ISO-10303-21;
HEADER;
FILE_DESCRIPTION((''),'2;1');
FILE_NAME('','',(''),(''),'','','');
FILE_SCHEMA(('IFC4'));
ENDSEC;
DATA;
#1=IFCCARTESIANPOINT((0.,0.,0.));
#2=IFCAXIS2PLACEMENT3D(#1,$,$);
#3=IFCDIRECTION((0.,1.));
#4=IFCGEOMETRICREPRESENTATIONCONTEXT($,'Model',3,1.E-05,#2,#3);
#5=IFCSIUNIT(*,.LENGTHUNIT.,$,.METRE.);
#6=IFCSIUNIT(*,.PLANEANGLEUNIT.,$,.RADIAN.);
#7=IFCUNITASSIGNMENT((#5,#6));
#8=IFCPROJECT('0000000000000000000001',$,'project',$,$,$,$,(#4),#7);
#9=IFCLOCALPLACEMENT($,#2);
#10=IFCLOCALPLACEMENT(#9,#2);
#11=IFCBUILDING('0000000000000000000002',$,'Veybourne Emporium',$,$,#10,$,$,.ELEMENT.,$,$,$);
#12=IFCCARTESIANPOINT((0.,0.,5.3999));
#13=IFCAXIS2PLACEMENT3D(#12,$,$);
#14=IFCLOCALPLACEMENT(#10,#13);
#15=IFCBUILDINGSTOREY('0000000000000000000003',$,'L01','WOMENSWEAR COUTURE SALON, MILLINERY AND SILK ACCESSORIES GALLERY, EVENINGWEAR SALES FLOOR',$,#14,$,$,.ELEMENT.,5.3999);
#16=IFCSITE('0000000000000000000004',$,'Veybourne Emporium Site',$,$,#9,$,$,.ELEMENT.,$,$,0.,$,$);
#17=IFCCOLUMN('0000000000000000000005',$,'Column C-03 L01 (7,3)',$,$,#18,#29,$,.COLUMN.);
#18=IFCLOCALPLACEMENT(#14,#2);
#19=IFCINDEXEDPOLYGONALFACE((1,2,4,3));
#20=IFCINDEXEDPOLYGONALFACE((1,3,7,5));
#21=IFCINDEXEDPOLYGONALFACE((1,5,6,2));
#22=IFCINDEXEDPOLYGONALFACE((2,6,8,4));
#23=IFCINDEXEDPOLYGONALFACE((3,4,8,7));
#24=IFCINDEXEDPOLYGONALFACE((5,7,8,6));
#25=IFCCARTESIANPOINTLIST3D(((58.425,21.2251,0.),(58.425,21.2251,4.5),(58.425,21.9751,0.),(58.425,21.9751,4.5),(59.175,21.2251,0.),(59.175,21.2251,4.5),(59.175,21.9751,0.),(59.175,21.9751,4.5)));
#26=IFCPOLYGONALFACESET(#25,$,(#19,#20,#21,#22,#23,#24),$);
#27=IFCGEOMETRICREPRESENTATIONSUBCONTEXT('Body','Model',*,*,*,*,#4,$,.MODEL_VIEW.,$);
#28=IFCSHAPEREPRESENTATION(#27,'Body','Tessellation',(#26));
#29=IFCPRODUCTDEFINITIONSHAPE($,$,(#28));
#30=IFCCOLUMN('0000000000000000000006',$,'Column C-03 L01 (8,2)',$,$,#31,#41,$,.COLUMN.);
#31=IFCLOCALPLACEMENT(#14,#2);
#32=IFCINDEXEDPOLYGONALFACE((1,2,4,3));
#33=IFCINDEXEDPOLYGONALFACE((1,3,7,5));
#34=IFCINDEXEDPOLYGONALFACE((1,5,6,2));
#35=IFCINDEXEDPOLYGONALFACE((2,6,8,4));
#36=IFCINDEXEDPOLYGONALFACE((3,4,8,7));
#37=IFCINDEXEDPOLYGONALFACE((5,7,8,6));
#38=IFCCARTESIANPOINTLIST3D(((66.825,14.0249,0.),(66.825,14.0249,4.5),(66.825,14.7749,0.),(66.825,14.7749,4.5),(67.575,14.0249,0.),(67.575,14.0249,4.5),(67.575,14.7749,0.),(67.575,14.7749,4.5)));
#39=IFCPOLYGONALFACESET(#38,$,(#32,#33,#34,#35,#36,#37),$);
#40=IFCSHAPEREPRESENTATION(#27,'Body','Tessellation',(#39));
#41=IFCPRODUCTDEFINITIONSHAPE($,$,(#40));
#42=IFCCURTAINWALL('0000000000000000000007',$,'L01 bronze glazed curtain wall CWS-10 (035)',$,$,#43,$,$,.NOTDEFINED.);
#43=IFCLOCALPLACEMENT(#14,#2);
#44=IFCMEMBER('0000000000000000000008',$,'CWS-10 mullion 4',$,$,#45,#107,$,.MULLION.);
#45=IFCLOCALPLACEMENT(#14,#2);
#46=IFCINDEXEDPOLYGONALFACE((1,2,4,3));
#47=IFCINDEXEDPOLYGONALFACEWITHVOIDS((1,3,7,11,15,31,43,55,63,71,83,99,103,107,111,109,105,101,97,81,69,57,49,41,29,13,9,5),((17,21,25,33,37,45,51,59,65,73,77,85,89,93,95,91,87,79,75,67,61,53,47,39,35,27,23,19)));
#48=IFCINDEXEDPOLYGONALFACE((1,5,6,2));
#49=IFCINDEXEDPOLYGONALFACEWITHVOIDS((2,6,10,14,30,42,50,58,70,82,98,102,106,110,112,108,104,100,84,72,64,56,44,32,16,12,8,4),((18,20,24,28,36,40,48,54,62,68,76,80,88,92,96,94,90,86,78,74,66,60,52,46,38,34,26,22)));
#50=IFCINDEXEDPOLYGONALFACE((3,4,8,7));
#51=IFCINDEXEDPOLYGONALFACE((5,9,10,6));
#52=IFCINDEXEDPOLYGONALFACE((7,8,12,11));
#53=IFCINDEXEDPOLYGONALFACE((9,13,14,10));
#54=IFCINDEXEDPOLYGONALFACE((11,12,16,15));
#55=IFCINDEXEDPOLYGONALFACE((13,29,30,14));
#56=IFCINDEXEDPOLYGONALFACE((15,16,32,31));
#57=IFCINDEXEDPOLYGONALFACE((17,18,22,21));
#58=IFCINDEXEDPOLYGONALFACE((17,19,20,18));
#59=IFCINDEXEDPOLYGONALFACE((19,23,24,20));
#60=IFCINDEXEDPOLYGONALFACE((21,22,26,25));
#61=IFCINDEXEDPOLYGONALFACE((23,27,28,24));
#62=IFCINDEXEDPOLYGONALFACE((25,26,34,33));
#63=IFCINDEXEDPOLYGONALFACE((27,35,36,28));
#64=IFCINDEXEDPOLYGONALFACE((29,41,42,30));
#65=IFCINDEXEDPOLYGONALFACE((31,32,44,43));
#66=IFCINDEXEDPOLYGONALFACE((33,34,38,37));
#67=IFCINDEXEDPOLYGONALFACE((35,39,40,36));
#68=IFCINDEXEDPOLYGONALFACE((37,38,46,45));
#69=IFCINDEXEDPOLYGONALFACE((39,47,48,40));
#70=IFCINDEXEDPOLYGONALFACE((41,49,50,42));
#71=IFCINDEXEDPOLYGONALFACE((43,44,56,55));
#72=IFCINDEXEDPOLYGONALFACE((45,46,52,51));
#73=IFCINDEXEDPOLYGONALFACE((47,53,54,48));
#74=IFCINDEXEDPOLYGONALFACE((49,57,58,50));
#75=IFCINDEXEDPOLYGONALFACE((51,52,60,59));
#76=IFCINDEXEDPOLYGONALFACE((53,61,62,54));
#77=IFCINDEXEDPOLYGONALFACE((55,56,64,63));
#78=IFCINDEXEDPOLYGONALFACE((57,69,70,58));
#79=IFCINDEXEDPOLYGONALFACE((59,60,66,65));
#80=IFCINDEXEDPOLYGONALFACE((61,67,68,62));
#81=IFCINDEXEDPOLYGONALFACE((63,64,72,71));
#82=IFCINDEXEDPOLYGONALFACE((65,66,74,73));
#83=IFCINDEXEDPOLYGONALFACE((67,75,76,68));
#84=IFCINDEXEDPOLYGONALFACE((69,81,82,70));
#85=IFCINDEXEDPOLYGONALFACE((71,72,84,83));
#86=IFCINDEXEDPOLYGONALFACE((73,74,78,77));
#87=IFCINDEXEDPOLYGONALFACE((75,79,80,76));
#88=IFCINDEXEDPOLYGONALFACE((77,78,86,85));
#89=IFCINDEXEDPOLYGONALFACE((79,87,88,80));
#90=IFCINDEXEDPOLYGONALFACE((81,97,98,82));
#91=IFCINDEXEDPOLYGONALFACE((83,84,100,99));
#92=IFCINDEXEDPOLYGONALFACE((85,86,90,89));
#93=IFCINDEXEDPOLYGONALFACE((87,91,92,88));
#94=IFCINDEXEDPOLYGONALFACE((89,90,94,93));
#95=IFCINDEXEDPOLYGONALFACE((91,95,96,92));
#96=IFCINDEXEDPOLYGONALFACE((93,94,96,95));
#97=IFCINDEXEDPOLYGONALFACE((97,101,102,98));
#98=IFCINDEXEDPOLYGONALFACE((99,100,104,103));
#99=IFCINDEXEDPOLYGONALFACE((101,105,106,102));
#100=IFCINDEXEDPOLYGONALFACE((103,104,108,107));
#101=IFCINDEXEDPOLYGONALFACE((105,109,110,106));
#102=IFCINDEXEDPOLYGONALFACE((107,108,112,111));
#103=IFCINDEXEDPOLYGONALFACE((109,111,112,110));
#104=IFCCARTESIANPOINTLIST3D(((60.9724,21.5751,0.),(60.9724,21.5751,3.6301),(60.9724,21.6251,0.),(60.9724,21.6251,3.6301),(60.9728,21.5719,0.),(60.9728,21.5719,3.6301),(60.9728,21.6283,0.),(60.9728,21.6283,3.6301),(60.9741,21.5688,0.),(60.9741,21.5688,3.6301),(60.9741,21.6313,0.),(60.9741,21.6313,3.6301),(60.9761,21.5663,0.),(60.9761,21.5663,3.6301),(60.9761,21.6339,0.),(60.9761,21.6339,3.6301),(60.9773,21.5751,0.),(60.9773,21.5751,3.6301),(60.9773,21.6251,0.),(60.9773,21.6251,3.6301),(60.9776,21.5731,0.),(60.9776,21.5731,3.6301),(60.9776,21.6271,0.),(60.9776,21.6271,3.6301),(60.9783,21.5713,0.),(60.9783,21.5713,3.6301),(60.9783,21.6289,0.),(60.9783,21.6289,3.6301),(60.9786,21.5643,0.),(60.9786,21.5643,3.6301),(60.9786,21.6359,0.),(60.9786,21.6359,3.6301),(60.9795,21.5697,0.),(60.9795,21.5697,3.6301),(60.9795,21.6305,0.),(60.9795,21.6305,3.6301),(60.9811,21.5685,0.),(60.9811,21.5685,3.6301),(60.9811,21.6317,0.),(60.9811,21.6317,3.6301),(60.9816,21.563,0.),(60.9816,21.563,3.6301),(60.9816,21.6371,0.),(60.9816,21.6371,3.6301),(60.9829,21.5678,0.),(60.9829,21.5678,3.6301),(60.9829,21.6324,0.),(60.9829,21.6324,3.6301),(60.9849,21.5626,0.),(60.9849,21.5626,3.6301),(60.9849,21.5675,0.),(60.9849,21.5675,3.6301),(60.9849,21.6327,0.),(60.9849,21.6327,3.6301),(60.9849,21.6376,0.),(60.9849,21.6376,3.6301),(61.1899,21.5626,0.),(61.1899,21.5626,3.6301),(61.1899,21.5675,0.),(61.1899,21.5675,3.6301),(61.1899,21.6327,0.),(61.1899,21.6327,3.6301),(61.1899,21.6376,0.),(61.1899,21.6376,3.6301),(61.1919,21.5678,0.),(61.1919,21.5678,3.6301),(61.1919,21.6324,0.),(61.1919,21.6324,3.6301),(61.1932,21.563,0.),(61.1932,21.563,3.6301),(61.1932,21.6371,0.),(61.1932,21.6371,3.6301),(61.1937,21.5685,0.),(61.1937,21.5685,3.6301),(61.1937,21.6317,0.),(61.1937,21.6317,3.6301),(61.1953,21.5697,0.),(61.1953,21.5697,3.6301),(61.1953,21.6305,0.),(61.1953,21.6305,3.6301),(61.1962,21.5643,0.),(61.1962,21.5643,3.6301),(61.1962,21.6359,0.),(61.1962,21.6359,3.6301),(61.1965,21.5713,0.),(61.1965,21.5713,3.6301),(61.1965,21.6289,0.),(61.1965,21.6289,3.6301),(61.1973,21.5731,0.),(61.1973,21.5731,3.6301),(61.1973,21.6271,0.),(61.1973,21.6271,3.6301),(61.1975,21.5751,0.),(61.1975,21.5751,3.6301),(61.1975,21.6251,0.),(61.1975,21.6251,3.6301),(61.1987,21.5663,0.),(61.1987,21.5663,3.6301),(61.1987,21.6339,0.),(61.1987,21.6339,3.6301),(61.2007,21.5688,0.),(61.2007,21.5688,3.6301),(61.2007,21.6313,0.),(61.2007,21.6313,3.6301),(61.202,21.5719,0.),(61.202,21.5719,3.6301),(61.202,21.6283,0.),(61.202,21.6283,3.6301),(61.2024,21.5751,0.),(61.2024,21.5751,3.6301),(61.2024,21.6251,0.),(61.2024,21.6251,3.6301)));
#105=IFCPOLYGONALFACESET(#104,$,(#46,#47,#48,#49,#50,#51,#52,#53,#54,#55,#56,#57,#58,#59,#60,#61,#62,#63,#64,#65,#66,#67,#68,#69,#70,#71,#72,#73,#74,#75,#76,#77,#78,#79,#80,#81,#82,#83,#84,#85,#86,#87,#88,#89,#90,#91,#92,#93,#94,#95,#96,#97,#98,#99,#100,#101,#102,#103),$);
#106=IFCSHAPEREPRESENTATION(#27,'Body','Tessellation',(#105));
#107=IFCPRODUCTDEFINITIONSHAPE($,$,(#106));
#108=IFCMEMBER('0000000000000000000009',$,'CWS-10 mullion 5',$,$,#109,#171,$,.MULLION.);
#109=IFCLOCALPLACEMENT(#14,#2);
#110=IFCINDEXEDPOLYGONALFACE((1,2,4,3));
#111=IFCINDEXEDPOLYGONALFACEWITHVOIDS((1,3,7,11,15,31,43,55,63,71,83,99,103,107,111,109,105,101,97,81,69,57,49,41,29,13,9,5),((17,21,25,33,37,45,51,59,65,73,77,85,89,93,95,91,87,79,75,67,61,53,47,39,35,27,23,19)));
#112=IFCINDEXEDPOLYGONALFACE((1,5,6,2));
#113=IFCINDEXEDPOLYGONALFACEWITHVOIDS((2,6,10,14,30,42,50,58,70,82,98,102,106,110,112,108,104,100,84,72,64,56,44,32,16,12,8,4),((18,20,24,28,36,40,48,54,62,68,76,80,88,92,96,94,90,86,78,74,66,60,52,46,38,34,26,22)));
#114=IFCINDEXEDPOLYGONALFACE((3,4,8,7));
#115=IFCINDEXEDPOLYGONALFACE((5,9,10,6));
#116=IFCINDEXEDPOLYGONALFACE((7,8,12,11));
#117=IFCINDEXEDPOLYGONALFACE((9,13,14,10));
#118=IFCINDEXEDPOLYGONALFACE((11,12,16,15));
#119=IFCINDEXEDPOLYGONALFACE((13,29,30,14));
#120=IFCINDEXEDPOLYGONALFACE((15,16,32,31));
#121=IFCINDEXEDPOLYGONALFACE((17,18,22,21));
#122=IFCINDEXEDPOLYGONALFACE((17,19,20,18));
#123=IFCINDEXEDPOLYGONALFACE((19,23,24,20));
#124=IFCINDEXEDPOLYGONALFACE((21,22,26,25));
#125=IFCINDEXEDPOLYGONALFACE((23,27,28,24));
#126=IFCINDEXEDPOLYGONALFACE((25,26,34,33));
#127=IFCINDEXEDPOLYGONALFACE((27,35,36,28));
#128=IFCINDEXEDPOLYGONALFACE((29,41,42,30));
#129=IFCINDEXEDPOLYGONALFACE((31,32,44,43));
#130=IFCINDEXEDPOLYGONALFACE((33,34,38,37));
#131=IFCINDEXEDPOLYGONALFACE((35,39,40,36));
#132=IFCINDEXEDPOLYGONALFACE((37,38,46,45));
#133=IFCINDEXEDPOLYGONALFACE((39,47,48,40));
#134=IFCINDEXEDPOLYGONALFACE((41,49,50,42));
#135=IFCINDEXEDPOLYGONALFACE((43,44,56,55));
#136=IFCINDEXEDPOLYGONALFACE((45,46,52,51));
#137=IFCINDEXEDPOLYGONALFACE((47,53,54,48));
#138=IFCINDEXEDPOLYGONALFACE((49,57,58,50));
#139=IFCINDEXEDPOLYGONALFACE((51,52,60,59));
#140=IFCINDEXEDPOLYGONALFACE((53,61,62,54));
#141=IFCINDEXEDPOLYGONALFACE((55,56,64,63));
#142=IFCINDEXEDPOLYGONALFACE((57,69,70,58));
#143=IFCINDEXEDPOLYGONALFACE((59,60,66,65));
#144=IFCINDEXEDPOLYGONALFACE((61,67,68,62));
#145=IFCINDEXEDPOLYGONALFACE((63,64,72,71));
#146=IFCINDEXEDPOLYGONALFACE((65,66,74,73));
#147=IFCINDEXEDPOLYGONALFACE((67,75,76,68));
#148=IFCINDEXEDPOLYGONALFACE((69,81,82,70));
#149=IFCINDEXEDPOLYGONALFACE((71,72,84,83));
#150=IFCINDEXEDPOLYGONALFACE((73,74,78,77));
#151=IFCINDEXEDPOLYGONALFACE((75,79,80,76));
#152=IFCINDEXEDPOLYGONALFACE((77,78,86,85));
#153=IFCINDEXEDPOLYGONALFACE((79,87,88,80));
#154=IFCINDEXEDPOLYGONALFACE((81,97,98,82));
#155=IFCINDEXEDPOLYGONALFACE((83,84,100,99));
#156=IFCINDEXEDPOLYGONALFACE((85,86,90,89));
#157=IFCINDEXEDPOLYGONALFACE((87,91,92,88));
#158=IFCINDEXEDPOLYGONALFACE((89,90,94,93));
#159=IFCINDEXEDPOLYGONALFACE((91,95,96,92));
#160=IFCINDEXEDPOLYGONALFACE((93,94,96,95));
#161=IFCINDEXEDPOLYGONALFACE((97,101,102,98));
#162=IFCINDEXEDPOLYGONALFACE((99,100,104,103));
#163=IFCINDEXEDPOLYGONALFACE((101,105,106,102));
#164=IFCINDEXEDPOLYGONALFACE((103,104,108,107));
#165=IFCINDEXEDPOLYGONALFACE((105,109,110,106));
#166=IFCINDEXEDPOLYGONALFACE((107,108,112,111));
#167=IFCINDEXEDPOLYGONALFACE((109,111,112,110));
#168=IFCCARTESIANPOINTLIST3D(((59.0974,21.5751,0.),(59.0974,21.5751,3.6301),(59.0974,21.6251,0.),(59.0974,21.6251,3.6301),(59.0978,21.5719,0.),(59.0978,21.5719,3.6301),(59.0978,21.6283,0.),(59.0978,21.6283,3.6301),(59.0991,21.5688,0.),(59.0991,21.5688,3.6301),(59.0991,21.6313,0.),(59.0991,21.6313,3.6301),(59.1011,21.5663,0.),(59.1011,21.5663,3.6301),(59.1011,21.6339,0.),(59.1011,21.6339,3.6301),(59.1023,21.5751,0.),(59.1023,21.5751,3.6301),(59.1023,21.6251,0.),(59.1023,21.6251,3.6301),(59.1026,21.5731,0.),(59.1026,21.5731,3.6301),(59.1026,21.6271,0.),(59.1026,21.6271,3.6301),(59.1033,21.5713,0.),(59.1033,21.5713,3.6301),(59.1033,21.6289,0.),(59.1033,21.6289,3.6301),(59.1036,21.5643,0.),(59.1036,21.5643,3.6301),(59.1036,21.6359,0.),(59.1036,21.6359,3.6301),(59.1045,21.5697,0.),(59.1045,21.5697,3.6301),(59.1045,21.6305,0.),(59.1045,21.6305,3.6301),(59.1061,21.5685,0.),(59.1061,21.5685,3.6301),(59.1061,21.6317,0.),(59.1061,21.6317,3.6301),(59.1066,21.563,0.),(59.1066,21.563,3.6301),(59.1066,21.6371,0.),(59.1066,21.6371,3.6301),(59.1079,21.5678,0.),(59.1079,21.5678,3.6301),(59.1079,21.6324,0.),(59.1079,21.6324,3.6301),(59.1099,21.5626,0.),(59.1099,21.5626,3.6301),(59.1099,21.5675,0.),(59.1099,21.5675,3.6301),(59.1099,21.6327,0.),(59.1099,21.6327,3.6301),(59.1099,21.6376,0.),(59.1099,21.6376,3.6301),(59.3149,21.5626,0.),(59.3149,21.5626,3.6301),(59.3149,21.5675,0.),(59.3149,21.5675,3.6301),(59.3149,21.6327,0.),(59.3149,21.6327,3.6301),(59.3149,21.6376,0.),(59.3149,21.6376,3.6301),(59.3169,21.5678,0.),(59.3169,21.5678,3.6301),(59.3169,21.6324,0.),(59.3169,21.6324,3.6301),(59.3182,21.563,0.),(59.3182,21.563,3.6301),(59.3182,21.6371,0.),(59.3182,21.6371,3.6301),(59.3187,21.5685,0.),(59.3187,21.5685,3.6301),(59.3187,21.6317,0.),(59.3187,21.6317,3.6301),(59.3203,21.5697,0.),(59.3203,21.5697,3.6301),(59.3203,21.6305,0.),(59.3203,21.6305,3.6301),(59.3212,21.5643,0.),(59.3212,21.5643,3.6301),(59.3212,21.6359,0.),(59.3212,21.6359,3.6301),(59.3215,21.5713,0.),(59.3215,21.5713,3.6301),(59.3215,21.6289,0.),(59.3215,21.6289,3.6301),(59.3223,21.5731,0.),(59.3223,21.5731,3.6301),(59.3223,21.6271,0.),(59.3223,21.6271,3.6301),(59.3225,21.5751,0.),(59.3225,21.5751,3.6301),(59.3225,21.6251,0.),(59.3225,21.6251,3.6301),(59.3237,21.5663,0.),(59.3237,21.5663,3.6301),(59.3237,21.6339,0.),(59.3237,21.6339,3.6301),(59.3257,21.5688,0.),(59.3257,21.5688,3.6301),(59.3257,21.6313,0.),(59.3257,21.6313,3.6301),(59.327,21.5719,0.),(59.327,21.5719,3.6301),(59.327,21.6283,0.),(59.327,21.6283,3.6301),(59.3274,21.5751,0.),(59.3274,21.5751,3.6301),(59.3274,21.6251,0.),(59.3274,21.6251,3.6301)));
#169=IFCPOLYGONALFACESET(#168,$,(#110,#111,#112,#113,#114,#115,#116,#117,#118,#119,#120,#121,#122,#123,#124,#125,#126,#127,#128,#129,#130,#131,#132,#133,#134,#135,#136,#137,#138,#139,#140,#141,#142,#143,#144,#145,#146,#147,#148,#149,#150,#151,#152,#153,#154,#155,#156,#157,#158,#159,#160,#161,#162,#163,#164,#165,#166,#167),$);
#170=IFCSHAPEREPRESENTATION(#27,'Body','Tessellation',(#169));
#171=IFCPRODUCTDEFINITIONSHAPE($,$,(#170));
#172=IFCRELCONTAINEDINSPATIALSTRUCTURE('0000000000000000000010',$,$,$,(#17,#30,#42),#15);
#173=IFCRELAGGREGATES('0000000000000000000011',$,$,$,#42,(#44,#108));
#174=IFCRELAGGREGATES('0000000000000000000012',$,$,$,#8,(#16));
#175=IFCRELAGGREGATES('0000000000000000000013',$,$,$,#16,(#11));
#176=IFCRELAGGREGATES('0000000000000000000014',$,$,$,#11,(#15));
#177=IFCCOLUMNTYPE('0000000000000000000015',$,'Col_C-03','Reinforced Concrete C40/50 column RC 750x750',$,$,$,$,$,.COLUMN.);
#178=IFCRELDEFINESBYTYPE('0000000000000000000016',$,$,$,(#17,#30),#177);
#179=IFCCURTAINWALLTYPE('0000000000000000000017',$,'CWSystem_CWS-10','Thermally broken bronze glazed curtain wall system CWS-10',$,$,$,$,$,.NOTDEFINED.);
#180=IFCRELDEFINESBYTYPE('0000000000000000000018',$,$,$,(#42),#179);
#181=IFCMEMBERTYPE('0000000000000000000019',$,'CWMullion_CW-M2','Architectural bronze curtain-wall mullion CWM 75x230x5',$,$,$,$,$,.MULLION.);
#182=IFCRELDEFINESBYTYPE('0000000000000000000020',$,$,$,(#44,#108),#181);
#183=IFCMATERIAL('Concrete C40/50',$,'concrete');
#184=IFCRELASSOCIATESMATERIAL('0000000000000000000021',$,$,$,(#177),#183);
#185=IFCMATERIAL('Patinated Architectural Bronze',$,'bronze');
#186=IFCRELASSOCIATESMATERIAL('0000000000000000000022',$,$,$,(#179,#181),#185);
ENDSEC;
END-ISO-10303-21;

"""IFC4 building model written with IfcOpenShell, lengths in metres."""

from ifc_helpers import new_model, si_unit, direction, frame, origin, origin_2d, place, context, subcontext, project, spatial, rectangle, hollow_rectangle, extrude, material, material_profile, profile_set, type_object, element, aggregate, save


model = new_model("IFC4")

# Units and contexts
model_context = context("Model", 3, precision=1e-05, world=origin(), true_north=direction((0.0, 1.0)))
body_context = subcontext(model_context, "Body", "Model", "MODEL_VIEW")
ifc_project = project(units=[si_unit("LENGTHUNIT", "METRE"), si_unit("PLANEANGLEUNIT", "RADIAN")], contexts=[model_context])

# Site, building, storey
site_placement = place(None, origin())
site = spatial("IfcSite", under=ifc_project, at=site_placement, Name="Veybourne Emporium Site", CompositionType="ELEMENT", RefElevation=0.0)
building_placement = place(site_placement, origin())
building = spatial("IfcBuilding", under=site, at=building_placement, Name="Veybourne Emporium", CompositionType="ELEMENT")
storey_placement = place(building_placement, frame((0.0, 0.0, 5.3999)))
storey = spatial("IfcBuildingStorey", under=building, at=storey_placement, Name="L01", Description="WOMENSWEAR COUTURE SALON, MILLINERY AND SILK ACCESSORIES GALLERY, EVENINGWEAR SALES FLOOR", CompositionType="ELEMENT", Elevation=5.3999)

# Columns
ifc_material_1 = material(Name="Concrete C40/50", Category="concrete")
ifc_material_profile_1 = material_profile(ifc_material_1, rectangle(XDim=0.75, YDim=0.75, at=origin_2d()), Name="RC 750x750")
ifc_profile_set_1 = profile_set([ifc_material_profile_1], Name="Concrete C40/50")
column_type = type_object("IfcColumnType", Name="Col_C-03", Description="Reinforced Concrete C40/50 column RC 750x750", PredefinedType="COLUMN", material=ifc_profile_set_1)
for number, where, z_axis, x_axis, name in (
    (1, (58.8, 21.6001, 0.0), (0.0, 0.0, 1.0), (1.0, 0.0, 0.0), "Column C-03 L01 (7,3)"),
    (2, (67.2, 14.3999, 0.0), (0.0, 0.0, 1.0), (1.0, 0.0, 0.0), "Column C-03 L01 (8,2)"),
):
    element("IfcColumn", number, at=place(storey_placement, frame(where, z_axis=z_axis, x_axis=x_axis)), inside=storey, type_object=column_type, Name=name, PredefinedType="COLUMN", context=body_context, shape_type="SweptSolid", body=[
        extrude(rectangle(XDim=0.75, YDim=0.75, at=origin_2d()), origin(), (0.0, 0.0, 1.0), 4.5),
    ])

# Curtain wall, members
ifc_material_2 = material(Name="Patinated Architectural Bronze", Category="bronze")
curtain_wall_type = type_object("IfcCurtainWallType", Name="CWSystem_CWS-10", Description="Thermally broken bronze glazed curtain wall system CWS-10", PredefinedType="NOTDEFINED", material=ifc_material_2)
curtain_wall_placement = place(storey_placement, origin())
curtain_wall = element("IfcCurtainWall", 3, at=curtain_wall_placement, inside=storey, type_object=curtain_wall_type, Name="L01 bronze glazed curtain wall CWS-10 (035)", PredefinedType="NOTDEFINED")
ifc_material_profile_2 = material_profile(ifc_material_2, hollow_rectangle(XDim=0.075, YDim=0.23, WallThickness=0.0049, InnerFilletRadius=0.0076, OuterFilletRadius=0.0125, at=origin_2d()), Name="CWM 75x230x5")
ifc_profile_set_2 = profile_set([ifc_material_profile_2], Name="Patinated Architectural Bronze")
member_type_1 = type_object("IfcMemberType", Name="CWMullion_CW-M2", Description="Architectural bronze curtain-wall mullion CWM 75x230x5", PredefinedType="MULLION", material=ifc_profile_set_2)
member_1_placement = place(storey_placement, frame((61.0874, 21.6001, 0.0), z_axis=(0.0, 0.0, 1.0), x_axis=(0.0, -1.0, 0.0)))
member_1 = element("IfcMember", 4, at=member_1_placement, type_object=member_type_1, Name="CWS-10 mullion 4", PredefinedType="MULLION", context=body_context, shape_type="SweptSolid", body=[
    extrude(hollow_rectangle(XDim=0.075, YDim=0.23, WallThickness=0.0049, InnerFilletRadius=0.0076, OuterFilletRadius=0.0125, at=origin_2d()), origin(), (0.0, 0.0, 1.0), 3.6301),
])
member_2_placement = place(storey_placement, frame((59.2124, 21.6001, 0.0), z_axis=(0.0, 0.0, 1.0), x_axis=(0.0, -1.0, 0.0)))
member_2 = element("IfcMember", 5, at=member_2_placement, type_object=member_type_1, Name="CWS-10 mullion 5", PredefinedType="MULLION", context=body_context, shape_type="SweptSolid", body=[
    extrude(hollow_rectangle(XDim=0.075, YDim=0.23, WallThickness=0.0049, InnerFilletRadius=0.0076, OuterFilletRadius=0.0125, at=origin_2d()), origin(), (0.0, 0.0, 1.0), 3.6301),
])

aggregate(curtain_wall, [member_1, member_2])

save(model, "model.ifc")
